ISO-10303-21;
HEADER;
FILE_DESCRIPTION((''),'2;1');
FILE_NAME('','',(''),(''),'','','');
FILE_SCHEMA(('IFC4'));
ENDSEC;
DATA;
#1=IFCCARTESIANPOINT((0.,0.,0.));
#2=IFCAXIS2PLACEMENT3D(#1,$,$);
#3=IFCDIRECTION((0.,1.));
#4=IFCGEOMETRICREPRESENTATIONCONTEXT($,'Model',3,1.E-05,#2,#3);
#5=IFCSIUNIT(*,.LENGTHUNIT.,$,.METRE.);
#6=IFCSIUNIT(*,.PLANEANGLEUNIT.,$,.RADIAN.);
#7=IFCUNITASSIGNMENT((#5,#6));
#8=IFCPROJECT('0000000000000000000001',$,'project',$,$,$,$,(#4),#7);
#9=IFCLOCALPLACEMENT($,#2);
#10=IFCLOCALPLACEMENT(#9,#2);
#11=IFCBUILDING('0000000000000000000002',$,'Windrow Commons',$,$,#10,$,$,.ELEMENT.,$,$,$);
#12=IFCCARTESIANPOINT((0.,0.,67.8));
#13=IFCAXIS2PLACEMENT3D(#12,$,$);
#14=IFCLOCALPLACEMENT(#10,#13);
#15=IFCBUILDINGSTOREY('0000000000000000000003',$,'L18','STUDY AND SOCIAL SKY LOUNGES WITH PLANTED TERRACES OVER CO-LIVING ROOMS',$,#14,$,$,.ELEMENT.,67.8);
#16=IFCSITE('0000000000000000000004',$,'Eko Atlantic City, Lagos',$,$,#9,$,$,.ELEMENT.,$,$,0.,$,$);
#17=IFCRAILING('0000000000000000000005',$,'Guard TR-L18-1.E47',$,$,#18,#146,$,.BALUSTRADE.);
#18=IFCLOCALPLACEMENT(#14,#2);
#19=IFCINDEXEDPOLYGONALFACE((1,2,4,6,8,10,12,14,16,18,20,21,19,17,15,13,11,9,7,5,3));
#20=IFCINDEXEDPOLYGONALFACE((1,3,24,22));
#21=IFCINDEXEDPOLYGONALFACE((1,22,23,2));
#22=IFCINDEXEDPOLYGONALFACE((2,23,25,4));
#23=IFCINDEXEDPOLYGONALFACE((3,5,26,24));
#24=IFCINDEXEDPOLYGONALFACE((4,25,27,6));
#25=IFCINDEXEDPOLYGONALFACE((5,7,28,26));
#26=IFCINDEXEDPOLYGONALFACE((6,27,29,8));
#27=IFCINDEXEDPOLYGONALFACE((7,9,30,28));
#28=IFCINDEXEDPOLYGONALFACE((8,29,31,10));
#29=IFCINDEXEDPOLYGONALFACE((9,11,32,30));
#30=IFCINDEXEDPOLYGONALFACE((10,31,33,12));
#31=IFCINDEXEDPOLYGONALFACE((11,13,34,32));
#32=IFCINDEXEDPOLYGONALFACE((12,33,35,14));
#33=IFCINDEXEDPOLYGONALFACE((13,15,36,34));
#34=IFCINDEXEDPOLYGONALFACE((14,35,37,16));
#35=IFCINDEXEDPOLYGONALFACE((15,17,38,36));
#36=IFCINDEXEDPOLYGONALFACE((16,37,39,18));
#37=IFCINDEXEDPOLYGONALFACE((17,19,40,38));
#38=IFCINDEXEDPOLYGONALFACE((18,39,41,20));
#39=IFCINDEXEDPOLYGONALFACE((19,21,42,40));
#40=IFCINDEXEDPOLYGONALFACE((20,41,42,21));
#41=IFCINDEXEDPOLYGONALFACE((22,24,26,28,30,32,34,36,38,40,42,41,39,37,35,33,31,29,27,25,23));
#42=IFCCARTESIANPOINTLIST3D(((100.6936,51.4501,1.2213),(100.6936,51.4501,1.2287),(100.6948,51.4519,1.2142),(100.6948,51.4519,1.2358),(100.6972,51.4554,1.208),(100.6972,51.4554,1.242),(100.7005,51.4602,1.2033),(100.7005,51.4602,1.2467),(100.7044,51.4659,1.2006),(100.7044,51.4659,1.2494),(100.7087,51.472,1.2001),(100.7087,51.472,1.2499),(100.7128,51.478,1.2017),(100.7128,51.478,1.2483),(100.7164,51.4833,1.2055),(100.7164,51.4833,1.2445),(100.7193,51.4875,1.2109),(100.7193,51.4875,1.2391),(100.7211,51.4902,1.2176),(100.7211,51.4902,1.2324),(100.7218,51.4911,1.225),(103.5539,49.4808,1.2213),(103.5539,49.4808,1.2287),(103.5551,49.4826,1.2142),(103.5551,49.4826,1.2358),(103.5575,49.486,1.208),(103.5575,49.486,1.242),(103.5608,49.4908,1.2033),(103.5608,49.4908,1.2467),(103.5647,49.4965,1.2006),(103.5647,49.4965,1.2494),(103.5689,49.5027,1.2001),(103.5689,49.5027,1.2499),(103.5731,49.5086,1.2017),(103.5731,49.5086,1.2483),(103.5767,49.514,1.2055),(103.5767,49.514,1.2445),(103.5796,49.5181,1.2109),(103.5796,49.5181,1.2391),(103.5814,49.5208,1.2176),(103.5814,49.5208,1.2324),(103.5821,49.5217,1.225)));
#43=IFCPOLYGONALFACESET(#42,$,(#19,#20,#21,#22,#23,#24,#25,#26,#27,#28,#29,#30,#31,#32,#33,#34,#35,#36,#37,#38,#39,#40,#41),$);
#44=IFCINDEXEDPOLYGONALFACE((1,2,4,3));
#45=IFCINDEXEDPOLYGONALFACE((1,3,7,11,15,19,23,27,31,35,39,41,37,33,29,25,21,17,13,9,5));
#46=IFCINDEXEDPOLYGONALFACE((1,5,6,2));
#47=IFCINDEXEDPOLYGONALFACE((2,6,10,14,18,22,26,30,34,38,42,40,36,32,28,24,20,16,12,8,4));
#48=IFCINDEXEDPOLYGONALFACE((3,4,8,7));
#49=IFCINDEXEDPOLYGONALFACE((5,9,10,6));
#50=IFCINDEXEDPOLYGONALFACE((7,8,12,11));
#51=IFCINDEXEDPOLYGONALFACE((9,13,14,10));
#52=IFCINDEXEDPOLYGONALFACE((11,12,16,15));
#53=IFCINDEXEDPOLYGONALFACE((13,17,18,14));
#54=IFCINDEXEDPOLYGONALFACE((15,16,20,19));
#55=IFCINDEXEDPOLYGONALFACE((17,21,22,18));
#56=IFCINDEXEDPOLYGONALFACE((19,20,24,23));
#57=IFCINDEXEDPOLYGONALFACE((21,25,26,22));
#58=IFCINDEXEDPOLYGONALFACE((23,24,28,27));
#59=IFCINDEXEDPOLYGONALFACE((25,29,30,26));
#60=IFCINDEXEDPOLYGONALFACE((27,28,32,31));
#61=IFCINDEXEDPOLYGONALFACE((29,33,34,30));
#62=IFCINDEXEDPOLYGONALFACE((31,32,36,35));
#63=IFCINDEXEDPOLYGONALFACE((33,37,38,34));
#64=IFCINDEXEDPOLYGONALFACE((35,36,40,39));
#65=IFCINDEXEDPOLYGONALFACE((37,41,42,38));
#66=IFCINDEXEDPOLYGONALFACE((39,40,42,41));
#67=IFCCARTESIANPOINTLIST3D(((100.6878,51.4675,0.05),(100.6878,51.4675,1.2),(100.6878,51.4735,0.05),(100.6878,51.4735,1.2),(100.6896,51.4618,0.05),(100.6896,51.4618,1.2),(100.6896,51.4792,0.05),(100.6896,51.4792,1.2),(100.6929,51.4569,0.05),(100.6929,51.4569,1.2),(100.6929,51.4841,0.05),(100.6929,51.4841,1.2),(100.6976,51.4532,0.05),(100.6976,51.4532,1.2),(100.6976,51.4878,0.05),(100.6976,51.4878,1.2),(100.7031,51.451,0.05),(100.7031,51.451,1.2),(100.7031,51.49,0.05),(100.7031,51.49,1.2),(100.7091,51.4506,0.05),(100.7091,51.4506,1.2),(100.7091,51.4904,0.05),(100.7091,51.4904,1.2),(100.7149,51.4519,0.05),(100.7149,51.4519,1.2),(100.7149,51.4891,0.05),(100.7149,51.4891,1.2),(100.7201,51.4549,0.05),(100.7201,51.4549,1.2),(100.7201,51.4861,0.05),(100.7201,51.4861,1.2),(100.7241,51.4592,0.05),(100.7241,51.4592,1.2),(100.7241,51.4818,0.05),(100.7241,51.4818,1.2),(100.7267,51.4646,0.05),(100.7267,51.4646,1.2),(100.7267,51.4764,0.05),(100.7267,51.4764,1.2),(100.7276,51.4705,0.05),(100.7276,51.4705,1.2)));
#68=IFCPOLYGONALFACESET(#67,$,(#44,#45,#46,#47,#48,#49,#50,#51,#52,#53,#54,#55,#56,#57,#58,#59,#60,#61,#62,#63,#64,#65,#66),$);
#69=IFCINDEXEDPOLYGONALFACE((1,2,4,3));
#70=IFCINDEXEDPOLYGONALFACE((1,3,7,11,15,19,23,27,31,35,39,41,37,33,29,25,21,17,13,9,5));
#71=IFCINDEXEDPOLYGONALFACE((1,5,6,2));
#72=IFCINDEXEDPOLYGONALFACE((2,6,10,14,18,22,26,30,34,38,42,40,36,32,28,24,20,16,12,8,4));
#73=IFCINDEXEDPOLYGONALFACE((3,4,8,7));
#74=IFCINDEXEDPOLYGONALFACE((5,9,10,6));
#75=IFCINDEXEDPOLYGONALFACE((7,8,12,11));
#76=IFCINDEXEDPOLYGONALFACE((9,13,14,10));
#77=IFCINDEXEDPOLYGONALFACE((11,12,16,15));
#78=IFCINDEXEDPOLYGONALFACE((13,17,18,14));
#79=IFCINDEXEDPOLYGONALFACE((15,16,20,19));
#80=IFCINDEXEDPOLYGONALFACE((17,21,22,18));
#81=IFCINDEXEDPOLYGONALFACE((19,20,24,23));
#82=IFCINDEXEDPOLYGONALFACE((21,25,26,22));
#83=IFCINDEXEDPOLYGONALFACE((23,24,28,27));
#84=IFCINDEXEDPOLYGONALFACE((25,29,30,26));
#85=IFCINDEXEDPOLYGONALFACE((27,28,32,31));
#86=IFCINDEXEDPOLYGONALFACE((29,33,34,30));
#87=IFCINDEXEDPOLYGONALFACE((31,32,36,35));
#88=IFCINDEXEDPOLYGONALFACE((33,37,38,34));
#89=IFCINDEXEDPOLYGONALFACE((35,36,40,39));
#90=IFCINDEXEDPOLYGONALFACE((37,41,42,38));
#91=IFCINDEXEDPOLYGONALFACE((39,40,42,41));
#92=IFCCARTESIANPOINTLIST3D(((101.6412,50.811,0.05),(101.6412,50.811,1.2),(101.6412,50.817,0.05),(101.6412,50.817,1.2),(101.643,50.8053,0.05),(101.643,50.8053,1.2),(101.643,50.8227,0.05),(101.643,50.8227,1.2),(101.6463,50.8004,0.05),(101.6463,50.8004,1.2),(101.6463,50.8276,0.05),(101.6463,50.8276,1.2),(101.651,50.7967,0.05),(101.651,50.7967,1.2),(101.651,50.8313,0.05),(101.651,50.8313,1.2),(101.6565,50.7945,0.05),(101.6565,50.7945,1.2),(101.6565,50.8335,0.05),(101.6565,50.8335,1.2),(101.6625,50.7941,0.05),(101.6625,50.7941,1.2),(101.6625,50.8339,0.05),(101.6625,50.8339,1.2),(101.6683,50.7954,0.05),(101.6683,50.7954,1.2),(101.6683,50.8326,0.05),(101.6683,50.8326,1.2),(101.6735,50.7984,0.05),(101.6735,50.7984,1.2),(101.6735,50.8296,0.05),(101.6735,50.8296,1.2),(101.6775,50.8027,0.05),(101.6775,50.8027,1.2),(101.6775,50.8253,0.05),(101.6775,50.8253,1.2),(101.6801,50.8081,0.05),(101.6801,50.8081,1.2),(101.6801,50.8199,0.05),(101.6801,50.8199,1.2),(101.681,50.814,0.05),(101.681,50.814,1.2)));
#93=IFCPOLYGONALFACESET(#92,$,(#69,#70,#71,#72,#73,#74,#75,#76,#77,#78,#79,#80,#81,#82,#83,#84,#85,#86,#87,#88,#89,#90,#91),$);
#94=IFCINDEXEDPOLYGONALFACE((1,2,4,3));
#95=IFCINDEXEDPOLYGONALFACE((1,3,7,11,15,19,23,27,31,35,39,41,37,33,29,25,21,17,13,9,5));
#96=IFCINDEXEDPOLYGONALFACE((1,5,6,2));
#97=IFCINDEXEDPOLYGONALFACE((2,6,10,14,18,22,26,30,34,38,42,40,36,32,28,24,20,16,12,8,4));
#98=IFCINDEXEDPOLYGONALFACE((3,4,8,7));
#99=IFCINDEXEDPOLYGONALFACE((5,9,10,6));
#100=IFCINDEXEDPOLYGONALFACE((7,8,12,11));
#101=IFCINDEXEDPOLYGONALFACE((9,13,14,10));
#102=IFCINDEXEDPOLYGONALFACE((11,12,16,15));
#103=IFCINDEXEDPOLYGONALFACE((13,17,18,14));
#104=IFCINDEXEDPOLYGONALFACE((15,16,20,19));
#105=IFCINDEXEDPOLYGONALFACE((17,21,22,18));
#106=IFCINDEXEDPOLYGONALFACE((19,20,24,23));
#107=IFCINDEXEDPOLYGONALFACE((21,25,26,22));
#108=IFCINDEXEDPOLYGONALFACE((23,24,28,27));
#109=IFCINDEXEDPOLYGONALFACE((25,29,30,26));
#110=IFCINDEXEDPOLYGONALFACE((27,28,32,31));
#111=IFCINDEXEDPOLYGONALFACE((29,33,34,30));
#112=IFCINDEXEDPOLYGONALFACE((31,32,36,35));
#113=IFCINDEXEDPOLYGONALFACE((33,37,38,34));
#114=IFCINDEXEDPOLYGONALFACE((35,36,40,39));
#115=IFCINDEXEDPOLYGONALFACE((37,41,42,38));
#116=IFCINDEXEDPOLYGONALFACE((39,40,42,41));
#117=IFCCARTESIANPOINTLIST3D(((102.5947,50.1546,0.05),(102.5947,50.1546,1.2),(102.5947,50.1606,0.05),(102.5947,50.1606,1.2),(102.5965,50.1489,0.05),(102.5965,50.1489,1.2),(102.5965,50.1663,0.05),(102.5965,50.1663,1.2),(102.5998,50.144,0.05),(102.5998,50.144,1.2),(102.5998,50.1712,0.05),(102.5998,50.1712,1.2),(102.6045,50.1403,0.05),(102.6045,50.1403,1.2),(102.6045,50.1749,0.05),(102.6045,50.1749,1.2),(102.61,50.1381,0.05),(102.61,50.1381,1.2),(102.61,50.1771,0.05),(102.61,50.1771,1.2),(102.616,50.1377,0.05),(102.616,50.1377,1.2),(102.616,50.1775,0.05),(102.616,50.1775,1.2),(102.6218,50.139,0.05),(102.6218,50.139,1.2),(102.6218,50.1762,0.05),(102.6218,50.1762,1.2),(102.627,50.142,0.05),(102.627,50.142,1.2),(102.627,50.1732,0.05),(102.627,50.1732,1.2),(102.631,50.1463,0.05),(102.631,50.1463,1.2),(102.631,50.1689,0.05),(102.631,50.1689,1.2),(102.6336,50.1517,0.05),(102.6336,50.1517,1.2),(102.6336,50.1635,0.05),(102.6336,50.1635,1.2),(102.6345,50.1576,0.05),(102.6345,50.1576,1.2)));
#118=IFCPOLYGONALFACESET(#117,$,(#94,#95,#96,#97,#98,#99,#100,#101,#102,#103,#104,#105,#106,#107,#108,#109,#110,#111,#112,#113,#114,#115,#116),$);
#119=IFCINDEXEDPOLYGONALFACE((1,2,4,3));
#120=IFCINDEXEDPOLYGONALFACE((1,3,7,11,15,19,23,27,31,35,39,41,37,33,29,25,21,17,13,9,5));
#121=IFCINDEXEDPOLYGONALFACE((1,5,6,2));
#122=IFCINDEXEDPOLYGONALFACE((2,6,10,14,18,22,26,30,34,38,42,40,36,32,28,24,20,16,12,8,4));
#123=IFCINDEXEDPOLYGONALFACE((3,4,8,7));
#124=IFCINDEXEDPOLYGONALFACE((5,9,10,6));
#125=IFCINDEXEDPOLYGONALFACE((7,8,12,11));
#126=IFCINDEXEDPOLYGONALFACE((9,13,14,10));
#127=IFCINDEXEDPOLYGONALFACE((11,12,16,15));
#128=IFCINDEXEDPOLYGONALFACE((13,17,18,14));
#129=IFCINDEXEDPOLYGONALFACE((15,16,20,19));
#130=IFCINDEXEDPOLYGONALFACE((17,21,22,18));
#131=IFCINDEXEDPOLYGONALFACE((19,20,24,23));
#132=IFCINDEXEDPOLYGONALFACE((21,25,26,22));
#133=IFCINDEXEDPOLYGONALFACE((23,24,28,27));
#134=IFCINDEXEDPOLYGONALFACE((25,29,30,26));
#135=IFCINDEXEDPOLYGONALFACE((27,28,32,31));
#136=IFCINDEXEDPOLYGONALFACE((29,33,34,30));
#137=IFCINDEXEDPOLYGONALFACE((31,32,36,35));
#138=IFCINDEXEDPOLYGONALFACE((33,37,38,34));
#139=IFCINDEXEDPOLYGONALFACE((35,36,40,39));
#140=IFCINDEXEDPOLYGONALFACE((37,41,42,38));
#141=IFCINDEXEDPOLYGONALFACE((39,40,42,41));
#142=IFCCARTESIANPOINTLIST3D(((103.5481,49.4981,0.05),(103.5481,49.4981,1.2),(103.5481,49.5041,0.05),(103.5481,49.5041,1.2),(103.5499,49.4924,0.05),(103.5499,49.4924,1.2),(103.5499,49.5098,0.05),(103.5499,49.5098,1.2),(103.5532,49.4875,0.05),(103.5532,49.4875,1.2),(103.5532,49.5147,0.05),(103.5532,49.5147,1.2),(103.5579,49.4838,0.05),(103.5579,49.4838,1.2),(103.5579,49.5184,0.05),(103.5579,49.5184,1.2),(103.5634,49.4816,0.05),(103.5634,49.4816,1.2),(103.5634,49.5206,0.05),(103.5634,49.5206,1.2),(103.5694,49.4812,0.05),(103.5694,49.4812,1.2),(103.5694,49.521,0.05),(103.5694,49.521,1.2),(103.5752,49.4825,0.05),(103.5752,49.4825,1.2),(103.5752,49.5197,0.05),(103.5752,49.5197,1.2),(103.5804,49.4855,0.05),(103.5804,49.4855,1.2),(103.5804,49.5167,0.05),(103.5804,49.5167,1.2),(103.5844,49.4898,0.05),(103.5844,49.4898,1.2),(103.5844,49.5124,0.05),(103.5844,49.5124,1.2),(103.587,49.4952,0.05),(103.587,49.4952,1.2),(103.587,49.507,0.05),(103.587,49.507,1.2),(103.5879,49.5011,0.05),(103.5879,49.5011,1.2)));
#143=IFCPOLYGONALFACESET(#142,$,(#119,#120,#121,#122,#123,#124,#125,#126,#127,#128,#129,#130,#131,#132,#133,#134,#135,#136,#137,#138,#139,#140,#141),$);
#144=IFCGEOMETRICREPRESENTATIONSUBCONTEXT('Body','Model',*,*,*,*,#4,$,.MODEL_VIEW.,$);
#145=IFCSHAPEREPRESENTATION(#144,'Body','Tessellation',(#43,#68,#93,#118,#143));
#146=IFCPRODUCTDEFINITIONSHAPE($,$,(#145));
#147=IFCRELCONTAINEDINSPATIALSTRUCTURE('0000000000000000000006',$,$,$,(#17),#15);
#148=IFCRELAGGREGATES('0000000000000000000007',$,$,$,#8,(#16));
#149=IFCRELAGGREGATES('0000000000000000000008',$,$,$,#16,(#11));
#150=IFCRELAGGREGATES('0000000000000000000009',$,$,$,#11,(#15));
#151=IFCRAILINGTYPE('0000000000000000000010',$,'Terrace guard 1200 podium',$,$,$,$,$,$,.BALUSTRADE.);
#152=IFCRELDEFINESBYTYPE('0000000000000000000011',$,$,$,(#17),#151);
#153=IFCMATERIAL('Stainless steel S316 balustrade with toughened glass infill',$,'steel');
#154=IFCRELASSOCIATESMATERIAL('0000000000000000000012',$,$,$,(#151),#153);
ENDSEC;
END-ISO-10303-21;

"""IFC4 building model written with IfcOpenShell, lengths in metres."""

from ifc_helpers import new_model, si_unit, direction, frame, origin, origin_2d, place, context, subcontext, project, spatial, circle, extrude, material, type_object, element, save


model = new_model("IFC4")

# Units and contexts
model_context = context("Model", 3, precision=1e-05, world=origin(), true_north=direction((0.0, 1.0)))
body_context = subcontext(model_context, "Body", "Model", "MODEL_VIEW")
ifc_project = project(units=[si_unit("LENGTHUNIT", "METRE"), si_unit("PLANEANGLEUNIT", "RADIAN")], contexts=[model_context])

# Site, building, storey
site_placement = place(None, origin())
site = spatial("IfcSite", under=ifc_project, at=site_placement, Name="Eko Atlantic City, Lagos", CompositionType="ELEMENT", RefElevation=0.0)
building_placement = place(site_placement, origin())
building = spatial("IfcBuilding", under=site, at=building_placement, Name="Windrow Commons", CompositionType="ELEMENT")
storey_placement = place(building_placement, frame((0.0, 0.0, 67.8)))
storey = spatial("IfcBuildingStorey", under=building, at=storey_placement, Name="L18", Description="STUDY AND SOCIAL SKY LOUNGES WITH PLANTED TERRACES OVER CO-LIVING ROOMS", CompositionType="ELEMENT", Elevation=67.8)

# Railing
ifc_material_1 = material(Name="Stainless steel S316 balustrade with toughened glass infill", Category="steel")
railing_type_1 = type_object("IfcRailingType", Name="Terrace guard 1200 podium", PredefinedType="BALUSTRADE", material=ifc_material_1)
railing_1_placement = place(storey_placement, frame((100.7076, 51.4705, 0.05)))
element("IfcRailing", 1, at=railing_1_placement, inside=storey, type_object=railing_type_1, Name="Guard TR-L18-1.E47", PredefinedType="BALUSTRADE", context=body_context, shape_type="SweptSolid", body=[
    extrude(circle(Radius=0.025, at=origin_2d()), frame((0.0, 0.0, 1.175), z_axis=(0.823646, -0.567104, 0.0), x_axis=(0.567104, 0.823646, 0.0)), (0.0, 0.0, 1.0), 3.4727),
    extrude(circle(Radius=0.02, at=origin_2d()), origin(), (0.0, 0.0, 1.0), 1.15),
    extrude(circle(Radius=0.02, at=origin_2d()), frame((0.9534, -0.6565, 0.0)), (0.0, 0.0, 1.0), 1.15),
    extrude(circle(Radius=0.02, at=origin_2d()), frame((1.9069, -1.3129, 0.0)), (0.0, 0.0, 1.0), 1.15),
    extrude(circle(Radius=0.02, at=origin_2d()), frame((2.8603, -1.9694, 0.0)), (0.0, 0.0, 1.0), 1.15),
])

save(model, "model.ifc")
